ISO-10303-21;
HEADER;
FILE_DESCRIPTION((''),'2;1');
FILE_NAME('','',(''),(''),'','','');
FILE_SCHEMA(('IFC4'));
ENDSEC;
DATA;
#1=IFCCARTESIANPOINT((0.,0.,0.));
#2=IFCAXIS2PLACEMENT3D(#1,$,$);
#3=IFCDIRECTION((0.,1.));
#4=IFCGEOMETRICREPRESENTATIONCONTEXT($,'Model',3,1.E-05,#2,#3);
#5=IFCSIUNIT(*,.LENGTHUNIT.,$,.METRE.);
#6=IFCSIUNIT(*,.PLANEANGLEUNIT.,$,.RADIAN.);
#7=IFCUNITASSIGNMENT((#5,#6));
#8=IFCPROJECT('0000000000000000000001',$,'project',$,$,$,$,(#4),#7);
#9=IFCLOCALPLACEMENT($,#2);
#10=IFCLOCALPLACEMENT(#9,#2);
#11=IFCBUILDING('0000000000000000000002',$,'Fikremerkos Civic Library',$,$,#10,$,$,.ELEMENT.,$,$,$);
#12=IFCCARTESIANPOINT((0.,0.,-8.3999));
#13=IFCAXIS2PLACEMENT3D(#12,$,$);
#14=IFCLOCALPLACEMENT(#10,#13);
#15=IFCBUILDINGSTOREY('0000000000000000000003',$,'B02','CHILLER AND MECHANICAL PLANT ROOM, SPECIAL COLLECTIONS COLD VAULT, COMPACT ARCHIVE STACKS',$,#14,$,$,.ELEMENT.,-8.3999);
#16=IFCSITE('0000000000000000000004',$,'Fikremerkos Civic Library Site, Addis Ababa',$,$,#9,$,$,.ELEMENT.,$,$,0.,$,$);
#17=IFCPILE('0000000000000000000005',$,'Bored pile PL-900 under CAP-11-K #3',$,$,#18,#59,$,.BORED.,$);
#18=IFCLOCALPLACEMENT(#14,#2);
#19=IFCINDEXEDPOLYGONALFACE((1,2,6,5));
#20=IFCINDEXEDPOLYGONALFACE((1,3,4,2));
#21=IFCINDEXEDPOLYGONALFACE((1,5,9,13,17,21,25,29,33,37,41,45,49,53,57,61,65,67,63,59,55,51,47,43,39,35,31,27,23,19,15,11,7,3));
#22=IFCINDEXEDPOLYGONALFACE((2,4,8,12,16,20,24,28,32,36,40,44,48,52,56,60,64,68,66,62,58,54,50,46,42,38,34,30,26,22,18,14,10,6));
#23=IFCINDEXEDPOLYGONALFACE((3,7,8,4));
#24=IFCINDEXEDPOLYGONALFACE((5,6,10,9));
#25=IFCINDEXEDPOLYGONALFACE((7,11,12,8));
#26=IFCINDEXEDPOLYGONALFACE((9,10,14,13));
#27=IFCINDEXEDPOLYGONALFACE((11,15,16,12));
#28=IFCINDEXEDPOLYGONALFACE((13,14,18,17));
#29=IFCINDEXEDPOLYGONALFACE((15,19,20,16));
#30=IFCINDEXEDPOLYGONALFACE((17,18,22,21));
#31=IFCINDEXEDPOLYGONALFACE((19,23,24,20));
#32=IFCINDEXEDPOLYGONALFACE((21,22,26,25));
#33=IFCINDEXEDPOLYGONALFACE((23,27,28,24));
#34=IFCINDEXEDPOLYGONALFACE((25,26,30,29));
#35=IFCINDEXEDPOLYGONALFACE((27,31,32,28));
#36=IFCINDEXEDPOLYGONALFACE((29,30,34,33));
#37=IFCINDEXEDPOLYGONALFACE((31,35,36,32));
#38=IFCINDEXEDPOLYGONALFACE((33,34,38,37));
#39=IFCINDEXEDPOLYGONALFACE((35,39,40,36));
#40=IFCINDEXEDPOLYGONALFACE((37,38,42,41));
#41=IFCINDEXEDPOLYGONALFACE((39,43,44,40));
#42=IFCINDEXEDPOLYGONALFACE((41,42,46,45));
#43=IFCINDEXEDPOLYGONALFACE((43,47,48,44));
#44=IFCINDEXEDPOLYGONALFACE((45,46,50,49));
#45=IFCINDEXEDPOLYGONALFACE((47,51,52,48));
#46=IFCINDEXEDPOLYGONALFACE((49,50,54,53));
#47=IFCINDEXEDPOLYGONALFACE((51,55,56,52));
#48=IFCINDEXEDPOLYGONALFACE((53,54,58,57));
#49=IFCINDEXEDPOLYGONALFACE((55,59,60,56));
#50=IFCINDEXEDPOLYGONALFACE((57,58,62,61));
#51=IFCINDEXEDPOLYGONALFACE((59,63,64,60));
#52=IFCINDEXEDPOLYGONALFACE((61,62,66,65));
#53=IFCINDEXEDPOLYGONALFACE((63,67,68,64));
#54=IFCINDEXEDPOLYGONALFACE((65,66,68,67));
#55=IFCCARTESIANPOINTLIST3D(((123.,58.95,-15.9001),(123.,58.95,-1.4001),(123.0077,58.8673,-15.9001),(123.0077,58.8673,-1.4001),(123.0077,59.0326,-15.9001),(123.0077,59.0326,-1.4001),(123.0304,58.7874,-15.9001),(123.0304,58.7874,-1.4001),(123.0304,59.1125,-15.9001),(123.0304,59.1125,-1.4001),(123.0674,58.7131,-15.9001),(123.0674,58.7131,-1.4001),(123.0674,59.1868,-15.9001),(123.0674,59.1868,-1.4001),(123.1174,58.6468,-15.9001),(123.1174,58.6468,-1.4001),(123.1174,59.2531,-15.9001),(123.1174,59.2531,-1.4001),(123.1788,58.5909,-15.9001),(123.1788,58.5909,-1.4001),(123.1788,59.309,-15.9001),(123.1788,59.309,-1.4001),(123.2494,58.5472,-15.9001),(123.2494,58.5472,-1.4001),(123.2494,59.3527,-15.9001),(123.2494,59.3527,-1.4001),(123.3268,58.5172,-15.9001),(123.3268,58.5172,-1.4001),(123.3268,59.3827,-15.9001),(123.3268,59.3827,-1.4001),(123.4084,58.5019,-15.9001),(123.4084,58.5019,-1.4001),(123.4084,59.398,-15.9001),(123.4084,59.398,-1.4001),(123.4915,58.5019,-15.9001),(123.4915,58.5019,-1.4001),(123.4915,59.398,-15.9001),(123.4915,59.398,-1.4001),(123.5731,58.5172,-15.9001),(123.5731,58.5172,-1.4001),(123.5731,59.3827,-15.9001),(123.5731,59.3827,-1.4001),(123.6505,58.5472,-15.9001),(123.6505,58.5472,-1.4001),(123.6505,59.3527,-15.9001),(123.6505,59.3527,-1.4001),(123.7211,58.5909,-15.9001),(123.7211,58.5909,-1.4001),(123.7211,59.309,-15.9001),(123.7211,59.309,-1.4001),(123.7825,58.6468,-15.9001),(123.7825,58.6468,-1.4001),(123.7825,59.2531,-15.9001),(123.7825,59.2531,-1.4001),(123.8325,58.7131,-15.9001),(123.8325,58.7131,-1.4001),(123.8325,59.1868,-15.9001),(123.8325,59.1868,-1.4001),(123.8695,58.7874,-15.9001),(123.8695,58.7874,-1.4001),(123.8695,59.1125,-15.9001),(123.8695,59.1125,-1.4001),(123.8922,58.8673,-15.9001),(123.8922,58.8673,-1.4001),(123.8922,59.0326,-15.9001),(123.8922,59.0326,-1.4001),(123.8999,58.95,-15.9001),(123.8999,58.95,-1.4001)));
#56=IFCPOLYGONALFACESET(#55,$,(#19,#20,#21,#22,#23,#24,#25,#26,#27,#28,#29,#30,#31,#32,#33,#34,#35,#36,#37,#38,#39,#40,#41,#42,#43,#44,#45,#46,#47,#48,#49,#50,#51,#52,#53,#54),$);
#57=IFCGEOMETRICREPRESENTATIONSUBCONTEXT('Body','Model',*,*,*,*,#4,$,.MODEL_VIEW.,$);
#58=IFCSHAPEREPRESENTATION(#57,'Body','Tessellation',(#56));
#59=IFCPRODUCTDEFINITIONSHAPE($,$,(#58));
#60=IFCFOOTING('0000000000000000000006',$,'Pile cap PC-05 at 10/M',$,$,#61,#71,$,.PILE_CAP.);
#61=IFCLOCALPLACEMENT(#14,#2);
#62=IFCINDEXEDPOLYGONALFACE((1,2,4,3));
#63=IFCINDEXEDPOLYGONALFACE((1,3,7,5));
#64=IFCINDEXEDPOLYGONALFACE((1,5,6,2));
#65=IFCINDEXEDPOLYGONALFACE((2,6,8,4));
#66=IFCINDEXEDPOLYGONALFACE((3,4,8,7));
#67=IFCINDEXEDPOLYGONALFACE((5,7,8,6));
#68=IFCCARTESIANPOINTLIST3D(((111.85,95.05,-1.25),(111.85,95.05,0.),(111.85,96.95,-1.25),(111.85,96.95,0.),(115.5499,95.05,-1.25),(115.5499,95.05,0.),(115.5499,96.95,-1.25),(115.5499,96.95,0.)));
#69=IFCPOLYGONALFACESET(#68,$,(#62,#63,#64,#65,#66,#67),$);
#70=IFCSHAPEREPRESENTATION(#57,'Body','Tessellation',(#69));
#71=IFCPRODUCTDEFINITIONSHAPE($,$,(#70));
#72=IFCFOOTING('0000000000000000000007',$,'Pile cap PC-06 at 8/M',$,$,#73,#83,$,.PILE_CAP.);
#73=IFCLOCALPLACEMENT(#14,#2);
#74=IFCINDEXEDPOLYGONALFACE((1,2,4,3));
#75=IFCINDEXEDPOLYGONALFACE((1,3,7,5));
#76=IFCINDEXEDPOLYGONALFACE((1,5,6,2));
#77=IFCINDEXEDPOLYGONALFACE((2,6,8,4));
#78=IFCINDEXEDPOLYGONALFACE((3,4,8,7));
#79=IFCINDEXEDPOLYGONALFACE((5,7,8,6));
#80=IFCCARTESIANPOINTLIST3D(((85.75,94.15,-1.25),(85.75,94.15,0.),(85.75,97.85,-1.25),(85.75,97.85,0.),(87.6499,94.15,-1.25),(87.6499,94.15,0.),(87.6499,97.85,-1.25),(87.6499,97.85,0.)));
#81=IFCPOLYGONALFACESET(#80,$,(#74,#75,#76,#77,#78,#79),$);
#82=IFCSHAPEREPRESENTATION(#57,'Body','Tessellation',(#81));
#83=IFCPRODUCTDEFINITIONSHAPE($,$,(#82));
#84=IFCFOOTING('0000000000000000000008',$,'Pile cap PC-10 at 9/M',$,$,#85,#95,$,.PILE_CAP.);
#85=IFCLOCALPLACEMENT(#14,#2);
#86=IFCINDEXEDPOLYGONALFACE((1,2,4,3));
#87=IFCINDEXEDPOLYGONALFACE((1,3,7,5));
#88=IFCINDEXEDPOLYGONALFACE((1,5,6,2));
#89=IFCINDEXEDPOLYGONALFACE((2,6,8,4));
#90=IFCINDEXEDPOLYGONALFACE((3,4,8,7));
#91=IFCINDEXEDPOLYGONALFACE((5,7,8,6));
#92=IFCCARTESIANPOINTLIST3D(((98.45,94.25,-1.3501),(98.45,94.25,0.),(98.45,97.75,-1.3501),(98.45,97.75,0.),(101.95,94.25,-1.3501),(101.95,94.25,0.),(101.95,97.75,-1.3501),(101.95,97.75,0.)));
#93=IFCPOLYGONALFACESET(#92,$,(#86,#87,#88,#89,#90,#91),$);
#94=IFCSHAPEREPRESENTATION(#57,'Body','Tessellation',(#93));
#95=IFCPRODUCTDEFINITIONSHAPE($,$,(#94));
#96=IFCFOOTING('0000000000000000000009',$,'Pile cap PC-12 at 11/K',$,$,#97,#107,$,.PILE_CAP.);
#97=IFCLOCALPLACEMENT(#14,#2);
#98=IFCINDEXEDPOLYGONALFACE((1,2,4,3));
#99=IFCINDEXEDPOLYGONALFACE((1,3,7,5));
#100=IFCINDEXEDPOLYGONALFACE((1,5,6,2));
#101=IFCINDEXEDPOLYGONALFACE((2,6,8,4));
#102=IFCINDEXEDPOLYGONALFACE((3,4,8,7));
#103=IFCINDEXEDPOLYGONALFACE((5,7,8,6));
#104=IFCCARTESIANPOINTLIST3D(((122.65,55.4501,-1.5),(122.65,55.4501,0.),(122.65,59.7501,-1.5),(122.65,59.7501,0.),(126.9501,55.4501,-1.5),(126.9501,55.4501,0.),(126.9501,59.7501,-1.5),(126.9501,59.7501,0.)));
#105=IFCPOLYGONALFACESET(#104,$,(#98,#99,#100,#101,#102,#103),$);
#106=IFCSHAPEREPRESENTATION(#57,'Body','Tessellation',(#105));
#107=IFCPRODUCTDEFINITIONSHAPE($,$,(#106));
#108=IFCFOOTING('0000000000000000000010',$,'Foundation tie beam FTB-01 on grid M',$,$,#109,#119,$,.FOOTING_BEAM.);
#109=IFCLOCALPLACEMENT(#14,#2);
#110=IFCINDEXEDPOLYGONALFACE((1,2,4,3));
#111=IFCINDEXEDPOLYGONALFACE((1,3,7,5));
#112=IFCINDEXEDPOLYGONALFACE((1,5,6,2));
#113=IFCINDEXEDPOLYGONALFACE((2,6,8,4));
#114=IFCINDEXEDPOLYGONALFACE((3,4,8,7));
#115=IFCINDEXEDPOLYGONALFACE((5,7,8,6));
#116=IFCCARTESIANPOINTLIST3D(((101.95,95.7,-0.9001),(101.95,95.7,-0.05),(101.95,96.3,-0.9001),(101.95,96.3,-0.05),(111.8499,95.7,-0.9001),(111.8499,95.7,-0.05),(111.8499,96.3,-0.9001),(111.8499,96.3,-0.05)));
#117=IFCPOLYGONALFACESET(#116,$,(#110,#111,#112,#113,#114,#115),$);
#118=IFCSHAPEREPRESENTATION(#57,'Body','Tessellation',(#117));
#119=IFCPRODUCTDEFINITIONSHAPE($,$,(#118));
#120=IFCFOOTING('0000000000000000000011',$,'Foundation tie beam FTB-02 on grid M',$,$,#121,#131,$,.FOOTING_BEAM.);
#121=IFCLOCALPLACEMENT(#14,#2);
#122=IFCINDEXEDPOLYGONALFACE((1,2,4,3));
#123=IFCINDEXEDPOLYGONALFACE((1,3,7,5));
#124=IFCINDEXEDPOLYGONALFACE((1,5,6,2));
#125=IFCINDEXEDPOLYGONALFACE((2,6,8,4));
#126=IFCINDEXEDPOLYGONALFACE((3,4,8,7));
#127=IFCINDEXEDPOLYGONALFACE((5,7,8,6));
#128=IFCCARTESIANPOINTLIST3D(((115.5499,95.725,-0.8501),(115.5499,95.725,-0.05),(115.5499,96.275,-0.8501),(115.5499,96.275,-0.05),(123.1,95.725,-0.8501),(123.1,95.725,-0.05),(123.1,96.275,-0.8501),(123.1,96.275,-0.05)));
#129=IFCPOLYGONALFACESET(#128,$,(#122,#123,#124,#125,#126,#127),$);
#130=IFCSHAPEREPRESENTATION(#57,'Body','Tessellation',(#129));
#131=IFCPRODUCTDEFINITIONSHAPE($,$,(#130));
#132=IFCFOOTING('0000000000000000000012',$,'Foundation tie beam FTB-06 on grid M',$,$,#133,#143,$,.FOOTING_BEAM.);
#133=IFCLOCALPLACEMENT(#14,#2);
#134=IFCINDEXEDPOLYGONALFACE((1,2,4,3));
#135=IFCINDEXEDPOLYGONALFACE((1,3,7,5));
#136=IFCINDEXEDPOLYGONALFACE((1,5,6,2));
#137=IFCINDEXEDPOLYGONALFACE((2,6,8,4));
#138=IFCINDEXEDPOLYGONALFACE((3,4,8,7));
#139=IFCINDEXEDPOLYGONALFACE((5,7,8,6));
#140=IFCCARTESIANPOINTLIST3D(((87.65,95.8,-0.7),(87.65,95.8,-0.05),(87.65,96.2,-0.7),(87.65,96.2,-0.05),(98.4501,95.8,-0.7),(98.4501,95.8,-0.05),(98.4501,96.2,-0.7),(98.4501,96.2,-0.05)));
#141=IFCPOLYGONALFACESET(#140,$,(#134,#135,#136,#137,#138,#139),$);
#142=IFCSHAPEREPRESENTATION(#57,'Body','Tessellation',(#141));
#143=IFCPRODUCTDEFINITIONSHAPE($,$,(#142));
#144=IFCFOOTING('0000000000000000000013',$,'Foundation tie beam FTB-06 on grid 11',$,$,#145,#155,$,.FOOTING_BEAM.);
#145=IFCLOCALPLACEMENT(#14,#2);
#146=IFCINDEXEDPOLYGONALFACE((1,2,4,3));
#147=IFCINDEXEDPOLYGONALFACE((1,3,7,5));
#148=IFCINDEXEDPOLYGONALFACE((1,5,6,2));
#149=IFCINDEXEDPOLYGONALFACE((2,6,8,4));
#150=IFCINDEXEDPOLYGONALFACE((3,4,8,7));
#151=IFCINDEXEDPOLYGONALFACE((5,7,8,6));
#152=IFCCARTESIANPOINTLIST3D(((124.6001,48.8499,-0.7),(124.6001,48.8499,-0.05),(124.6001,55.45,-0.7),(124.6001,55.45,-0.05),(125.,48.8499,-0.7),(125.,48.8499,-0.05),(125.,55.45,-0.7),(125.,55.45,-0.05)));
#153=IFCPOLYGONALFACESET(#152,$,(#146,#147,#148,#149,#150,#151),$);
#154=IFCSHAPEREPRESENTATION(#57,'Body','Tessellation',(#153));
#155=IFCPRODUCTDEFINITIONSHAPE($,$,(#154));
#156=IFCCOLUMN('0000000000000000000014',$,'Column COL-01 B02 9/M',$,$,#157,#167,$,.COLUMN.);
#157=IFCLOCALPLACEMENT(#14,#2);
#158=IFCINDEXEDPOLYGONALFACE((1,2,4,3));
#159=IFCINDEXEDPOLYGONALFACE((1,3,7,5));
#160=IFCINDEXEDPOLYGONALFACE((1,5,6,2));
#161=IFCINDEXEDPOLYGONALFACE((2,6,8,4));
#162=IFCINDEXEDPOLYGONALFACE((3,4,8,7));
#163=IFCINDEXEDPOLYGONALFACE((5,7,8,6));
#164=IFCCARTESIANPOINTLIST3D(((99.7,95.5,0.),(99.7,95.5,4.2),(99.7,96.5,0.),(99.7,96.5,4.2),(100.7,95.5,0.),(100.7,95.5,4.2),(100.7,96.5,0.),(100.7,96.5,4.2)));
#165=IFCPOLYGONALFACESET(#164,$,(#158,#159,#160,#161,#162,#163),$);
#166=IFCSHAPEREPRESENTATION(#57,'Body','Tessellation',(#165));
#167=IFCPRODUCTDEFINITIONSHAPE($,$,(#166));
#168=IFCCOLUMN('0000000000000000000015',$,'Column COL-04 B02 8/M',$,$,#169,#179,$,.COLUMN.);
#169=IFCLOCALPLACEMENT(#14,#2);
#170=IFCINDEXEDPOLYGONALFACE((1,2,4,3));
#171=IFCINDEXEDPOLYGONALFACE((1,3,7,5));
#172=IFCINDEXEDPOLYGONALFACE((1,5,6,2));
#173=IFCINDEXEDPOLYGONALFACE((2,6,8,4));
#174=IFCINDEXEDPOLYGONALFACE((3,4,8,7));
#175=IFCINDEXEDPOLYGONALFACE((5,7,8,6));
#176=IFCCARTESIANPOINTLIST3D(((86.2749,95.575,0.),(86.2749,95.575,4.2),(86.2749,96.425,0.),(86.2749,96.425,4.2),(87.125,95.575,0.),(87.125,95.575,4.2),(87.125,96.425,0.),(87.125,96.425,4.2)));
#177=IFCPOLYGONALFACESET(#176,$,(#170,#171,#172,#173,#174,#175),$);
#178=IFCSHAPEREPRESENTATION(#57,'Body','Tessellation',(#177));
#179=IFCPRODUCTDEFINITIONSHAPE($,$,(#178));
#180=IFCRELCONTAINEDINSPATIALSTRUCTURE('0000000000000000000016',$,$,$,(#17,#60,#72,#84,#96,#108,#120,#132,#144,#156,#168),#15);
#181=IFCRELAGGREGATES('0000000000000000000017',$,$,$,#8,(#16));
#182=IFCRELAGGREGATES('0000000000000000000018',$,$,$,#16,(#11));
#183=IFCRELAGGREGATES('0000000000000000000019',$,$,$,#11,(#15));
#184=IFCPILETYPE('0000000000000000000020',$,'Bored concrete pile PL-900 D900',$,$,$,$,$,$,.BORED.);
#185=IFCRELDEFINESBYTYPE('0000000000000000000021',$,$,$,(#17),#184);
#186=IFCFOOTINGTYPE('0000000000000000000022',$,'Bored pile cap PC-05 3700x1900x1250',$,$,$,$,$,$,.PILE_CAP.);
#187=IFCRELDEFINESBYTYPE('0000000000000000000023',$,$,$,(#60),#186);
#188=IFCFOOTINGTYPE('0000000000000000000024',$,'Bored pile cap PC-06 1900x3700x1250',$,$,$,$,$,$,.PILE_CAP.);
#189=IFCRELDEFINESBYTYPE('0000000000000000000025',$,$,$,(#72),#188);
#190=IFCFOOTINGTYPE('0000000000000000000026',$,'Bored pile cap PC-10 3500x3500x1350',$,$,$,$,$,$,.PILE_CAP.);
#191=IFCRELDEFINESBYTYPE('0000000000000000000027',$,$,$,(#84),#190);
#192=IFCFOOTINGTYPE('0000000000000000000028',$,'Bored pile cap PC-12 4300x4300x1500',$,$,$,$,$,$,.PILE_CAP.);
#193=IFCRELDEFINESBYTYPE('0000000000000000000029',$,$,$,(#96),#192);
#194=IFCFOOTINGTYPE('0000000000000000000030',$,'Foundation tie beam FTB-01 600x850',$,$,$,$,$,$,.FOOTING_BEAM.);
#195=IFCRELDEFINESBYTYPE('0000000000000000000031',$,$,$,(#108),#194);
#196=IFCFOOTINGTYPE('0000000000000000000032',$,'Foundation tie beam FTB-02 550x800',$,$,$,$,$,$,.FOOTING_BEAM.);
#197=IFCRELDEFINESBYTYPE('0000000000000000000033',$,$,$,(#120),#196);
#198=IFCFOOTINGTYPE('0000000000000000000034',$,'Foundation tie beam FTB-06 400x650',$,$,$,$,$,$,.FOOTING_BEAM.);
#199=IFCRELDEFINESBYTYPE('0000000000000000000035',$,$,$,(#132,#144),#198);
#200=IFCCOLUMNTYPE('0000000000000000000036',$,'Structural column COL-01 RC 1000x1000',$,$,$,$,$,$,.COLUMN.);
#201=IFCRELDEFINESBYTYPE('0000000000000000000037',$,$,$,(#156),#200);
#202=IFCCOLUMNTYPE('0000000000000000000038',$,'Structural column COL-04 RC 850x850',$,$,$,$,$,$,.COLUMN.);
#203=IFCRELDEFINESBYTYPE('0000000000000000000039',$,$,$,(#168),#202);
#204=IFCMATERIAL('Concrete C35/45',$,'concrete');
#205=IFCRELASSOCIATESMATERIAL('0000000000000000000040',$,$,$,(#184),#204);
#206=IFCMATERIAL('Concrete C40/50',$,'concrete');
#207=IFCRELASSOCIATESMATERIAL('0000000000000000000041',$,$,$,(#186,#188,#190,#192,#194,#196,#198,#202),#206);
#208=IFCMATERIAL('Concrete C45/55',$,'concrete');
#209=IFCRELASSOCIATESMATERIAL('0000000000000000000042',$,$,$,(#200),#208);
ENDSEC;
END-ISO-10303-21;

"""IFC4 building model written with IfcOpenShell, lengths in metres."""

from ifc_helpers import new_model, si_unit, direction, frame, origin, origin_2d, place, context, subcontext, project, spatial, rectangle, circle, extrude, material, material_profile, profile_set, type_object, element, save


model = new_model("IFC4")

# Units and contexts
model_context = context("Model", 3, precision=1e-05, world=origin(), true_north=direction((0.0, 1.0)))
body_context = subcontext(model_context, "Body", "Model", "MODEL_VIEW")
ifc_project = project(units=[si_unit("LENGTHUNIT", "METRE"), si_unit("PLANEANGLEUNIT", "RADIAN")], contexts=[model_context])

# Site, building, storey
site_placement = place(None, origin())
site = spatial("IfcSite", under=ifc_project, at=site_placement, Name="Fikremerkos Civic Library Site, Addis Ababa", CompositionType="ELEMENT", RefElevation=0.0)
building_placement = place(site_placement, origin())
building = spatial("IfcBuilding", under=site, at=building_placement, Name="Fikremerkos Civic Library", CompositionType="ELEMENT")
storey_placement = place(building_placement, frame((0.0, 0.0, -8.3999)))
storey = spatial("IfcBuildingStorey", under=building, at=storey_placement, Name="B02", Description="CHILLER AND MECHANICAL PLANT ROOM, SPECIAL COLLECTIONS COLD VAULT, COMPACT ARCHIVE STACKS", CompositionType="ELEMENT", Elevation=-8.3999)

# Pile
ifc_material_1 = material(Name="Concrete C35/45", Category="concrete")
ifc_material_profile_1 = material_profile(ifc_material_1, circle(Radius=0.45, at=origin_2d()), Name="BORED PILE 900")
ifc_profile_set_1 = profile_set([ifc_material_profile_1], Name="Concrete C35/45")
pile_type_1 = type_object("IfcPileType", Name="Bored concrete pile PL-900 D900", PredefinedType="BORED", material=ifc_profile_set_1)
for number, where, z_axis, x_axis, name in (
    (1, (123.45, 58.95, -1.4001), (0.0, 0.0, -1.0), (1.0, 0.0, 0.0), "Bored pile PL-900 under CAP-11-K #3"),
):
    element("IfcPile", number, at=place(storey_placement, frame(where, z_axis=z_axis, x_axis=x_axis)), inside=storey, type_object=pile_type_1, Name=name, PredefinedType="BORED", context=body_context, shape_type="SweptSolid", body=[
        extrude(circle(Radius=0.45, at=origin_2d()), origin(), (0.0, 0.0, 1.0), 14.5),
    ])

# Footings
ifc_material_2 = material(Name="Concrete C40/50", Category="concrete")
footing_type_1 = type_object("IfcFootingType", Name="Bored pile cap PC-05 3700x1900x1250", PredefinedType="PILE_CAP", material=ifc_material_2)
footing_1_placement = place(storey_placement, frame((113.7, 96.0, -1.25), z_axis=(0.0, 0.0, 1.0), x_axis=(1.0, 0.0, 0.0)))
element("IfcFooting", 2, at=footing_1_placement, inside=storey, type_object=footing_type_1, Name="Pile cap PC-05 at 10/M", PredefinedType="PILE_CAP", context=body_context, shape_type="SweptSolid", body=[
    extrude(rectangle(XDim=3.7, YDim=1.8999, at=origin_2d()), origin(), (0.0, 0.0, 1.0), 1.25),
])
footing_type_2 = type_object("IfcFootingType", Name="Bored pile cap PC-06 1900x3700x1250", PredefinedType="PILE_CAP", material=ifc_material_2)
footing_2_placement = place(storey_placement, frame((86.7, 96.0, -1.25), z_axis=(0.0, 0.0, 1.0), x_axis=(1.0, 0.0, 0.0)))
element("IfcFooting", 3, at=footing_2_placement, inside=storey, type_object=footing_type_2, Name="Pile cap PC-06 at 8/M", PredefinedType="PILE_CAP", context=body_context, shape_type="SweptSolid", body=[
    extrude(rectangle(XDim=1.8999, YDim=3.7, at=origin_2d()), origin(), (0.0, 0.0, 1.0), 1.25),
])
footing_type_3 = type_object("IfcFootingType", Name="Bored pile cap PC-10 3500x3500x1350", PredefinedType="PILE_CAP", material=ifc_material_2)
footing_3_placement = place(storey_placement, frame((100.2, 96.0, -1.3501), z_axis=(0.0, 0.0, 1.0), x_axis=(1.0, 0.0, 0.0)))
element("IfcFooting", 4, at=footing_3_placement, inside=storey, type_object=footing_type_3, Name="Pile cap PC-10 at 9/M", PredefinedType="PILE_CAP", context=body_context, shape_type="SweptSolid", body=[
    extrude(rectangle(XDim=3.5, YDim=3.5, at=origin_2d()), origin(), (0.0, 0.0, 1.0), 1.3501),
])
footing_type_4 = type_object("IfcFootingType", Name="Bored pile cap PC-12 4300x4300x1500", PredefinedType="PILE_CAP", material=ifc_material_2)
footing_4_placement = place(storey_placement, frame((124.8, 57.6001, -1.5), z_axis=(0.0, 0.0, 1.0), x_axis=(1.0, 0.0, 0.0)))
element("IfcFooting", 5, at=footing_4_placement, inside=storey, type_object=footing_type_4, Name="Pile cap PC-12 at 11/K", PredefinedType="PILE_CAP", context=body_context, shape_type="SweptSolid", body=[
    extrude(rectangle(XDim=4.3, YDim=4.3, at=origin_2d()), origin(), (0.0, 0.0, 1.0), 1.5),
])
footing_type_5 = type_object("IfcFootingType", Name="Foundation tie beam FTB-01 600x850", PredefinedType="FOOTING_BEAM", material=ifc_material_2)
footing_5_placement = place(storey_placement, frame((106.8999, 96.0, -0.9001), z_axis=(0.0, 0.0, 1.0), x_axis=(1.0, 0.0, 0.0)))
element("IfcFooting", 6, at=footing_5_placement, inside=storey, type_object=footing_type_5, Name="Foundation tie beam FTB-01 on grid M", PredefinedType="FOOTING_BEAM", context=body_context, shape_type="SweptSolid", body=[
    extrude(rectangle(XDim=9.8999, YDim=0.6001, at=origin_2d()), origin(), (0.0, 0.0, 1.0), 0.8501),
])
footing_type_6 = type_object("IfcFootingType", Name="Foundation tie beam FTB-02 550x800", PredefinedType="FOOTING_BEAM", material=ifc_material_2)
footing_6_placement = place(storey_placement, frame((119.325, 96.0, -0.8501), z_axis=(0.0, 0.0, 1.0), x_axis=(1.0, 0.0, 0.0)))
element("IfcFooting", 7, at=footing_6_placement, inside=storey, type_object=footing_type_6, Name="Foundation tie beam FTB-02 on grid M", PredefinedType="FOOTING_BEAM", context=body_context, shape_type="SweptSolid", body=[
    extrude(rectangle(XDim=7.55, YDim=0.55, at=origin_2d()), origin(), (0.0, 0.0, 1.0), 0.8),
])
footing_type_7 = type_object("IfcFootingType", Name="Foundation tie beam FTB-06 400x650", PredefinedType="FOOTING_BEAM", material=ifc_material_2)
footing_7_placement = place(storey_placement, frame((93.05, 96.0, -0.7), z_axis=(0.0, 0.0, 1.0), x_axis=(1.0, 0.0, 0.0)))
element("IfcFooting", 8, at=footing_7_placement, inside=storey, type_object=footing_type_7, Name="Foundation tie beam FTB-06 on grid M", PredefinedType="FOOTING_BEAM", context=body_context, shape_type="SweptSolid", body=[
    extrude(rectangle(XDim=10.8, YDim=0.3999, at=origin_2d()), origin(), (0.0, 0.0, 1.0), 0.6499),
])
footing_8_placement = place(storey_placement, frame((124.8, 52.1499, -0.7), z_axis=(0.0, 0.0, 1.0), x_axis=(0.0, 1.0, 0.0)))
element("IfcFooting", 9, at=footing_8_placement, inside=storey, type_object=footing_type_7, Name="Foundation tie beam FTB-06 on grid 11", PredefinedType="FOOTING_BEAM", context=body_context, shape_type="SweptSolid", body=[
    extrude(rectangle(XDim=6.6001, YDim=0.3999, at=origin_2d()), origin(), (0.0, 0.0, 1.0), 0.6499),
])

# Columns
ifc_material_3 = material(Name="Concrete C45/55", Category="concrete")
ifc_material_profile_2 = material_profile(ifc_material_3, rectangle(XDim=1.0, YDim=1.0, at=origin_2d()), Name="RC 1000x1000")
ifc_profile_set_2 = profile_set([ifc_material_profile_2], Name="Concrete C45/55")
column_type_1 = type_object("IfcColumnType", Name="Structural column COL-01 RC 1000x1000", PredefinedType="COLUMN", material=ifc_profile_set_2)
column_1_placement = place(storey_placement, frame((100.2, 96.0, 0.0), z_axis=(0.0, 0.0, 1.0), x_axis=(1.0, 0.0, 0.0)))
element("IfcColumn", 10, at=column_1_placement, inside=storey, type_object=column_type_1, Name="Column COL-01 B02 9/M", PredefinedType="COLUMN", context=body_context, shape_type="SweptSolid", body=[
    extrude(rectangle(XDim=1.0, YDim=1.0, at=origin_2d()), origin(), (0.0, 0.0, 1.0), 4.2),
])
ifc_material_profile_3 = material_profile(ifc_material_2, rectangle(XDim=0.8501, YDim=0.8501, at=origin_2d()), Name="RC 850x850")
ifc_profile_set_3 = profile_set([ifc_material_profile_3], Name="Concrete C40/50")
column_type_2 = type_object("IfcColumnType", Name="Structural column COL-04 RC 850x850", PredefinedType="COLUMN", material=ifc_profile_set_3)
column_2_placement = place(storey_placement, frame((86.7, 96.0, 0.0), z_axis=(0.0, 0.0, 1.0), x_axis=(1.0, 0.0, 0.0)))
element("IfcColumn", 11, at=column_2_placement, inside=storey, type_object=column_type_2, Name="Column COL-04 B02 8/M", PredefinedType="COLUMN", context=body_context, shape_type="SweptSolid", body=[
    extrude(rectangle(XDim=0.8501, YDim=0.8501, at=origin_2d()), origin(), (0.0, 0.0, 1.0), 4.2),
])

save(model, "model.ifc")
